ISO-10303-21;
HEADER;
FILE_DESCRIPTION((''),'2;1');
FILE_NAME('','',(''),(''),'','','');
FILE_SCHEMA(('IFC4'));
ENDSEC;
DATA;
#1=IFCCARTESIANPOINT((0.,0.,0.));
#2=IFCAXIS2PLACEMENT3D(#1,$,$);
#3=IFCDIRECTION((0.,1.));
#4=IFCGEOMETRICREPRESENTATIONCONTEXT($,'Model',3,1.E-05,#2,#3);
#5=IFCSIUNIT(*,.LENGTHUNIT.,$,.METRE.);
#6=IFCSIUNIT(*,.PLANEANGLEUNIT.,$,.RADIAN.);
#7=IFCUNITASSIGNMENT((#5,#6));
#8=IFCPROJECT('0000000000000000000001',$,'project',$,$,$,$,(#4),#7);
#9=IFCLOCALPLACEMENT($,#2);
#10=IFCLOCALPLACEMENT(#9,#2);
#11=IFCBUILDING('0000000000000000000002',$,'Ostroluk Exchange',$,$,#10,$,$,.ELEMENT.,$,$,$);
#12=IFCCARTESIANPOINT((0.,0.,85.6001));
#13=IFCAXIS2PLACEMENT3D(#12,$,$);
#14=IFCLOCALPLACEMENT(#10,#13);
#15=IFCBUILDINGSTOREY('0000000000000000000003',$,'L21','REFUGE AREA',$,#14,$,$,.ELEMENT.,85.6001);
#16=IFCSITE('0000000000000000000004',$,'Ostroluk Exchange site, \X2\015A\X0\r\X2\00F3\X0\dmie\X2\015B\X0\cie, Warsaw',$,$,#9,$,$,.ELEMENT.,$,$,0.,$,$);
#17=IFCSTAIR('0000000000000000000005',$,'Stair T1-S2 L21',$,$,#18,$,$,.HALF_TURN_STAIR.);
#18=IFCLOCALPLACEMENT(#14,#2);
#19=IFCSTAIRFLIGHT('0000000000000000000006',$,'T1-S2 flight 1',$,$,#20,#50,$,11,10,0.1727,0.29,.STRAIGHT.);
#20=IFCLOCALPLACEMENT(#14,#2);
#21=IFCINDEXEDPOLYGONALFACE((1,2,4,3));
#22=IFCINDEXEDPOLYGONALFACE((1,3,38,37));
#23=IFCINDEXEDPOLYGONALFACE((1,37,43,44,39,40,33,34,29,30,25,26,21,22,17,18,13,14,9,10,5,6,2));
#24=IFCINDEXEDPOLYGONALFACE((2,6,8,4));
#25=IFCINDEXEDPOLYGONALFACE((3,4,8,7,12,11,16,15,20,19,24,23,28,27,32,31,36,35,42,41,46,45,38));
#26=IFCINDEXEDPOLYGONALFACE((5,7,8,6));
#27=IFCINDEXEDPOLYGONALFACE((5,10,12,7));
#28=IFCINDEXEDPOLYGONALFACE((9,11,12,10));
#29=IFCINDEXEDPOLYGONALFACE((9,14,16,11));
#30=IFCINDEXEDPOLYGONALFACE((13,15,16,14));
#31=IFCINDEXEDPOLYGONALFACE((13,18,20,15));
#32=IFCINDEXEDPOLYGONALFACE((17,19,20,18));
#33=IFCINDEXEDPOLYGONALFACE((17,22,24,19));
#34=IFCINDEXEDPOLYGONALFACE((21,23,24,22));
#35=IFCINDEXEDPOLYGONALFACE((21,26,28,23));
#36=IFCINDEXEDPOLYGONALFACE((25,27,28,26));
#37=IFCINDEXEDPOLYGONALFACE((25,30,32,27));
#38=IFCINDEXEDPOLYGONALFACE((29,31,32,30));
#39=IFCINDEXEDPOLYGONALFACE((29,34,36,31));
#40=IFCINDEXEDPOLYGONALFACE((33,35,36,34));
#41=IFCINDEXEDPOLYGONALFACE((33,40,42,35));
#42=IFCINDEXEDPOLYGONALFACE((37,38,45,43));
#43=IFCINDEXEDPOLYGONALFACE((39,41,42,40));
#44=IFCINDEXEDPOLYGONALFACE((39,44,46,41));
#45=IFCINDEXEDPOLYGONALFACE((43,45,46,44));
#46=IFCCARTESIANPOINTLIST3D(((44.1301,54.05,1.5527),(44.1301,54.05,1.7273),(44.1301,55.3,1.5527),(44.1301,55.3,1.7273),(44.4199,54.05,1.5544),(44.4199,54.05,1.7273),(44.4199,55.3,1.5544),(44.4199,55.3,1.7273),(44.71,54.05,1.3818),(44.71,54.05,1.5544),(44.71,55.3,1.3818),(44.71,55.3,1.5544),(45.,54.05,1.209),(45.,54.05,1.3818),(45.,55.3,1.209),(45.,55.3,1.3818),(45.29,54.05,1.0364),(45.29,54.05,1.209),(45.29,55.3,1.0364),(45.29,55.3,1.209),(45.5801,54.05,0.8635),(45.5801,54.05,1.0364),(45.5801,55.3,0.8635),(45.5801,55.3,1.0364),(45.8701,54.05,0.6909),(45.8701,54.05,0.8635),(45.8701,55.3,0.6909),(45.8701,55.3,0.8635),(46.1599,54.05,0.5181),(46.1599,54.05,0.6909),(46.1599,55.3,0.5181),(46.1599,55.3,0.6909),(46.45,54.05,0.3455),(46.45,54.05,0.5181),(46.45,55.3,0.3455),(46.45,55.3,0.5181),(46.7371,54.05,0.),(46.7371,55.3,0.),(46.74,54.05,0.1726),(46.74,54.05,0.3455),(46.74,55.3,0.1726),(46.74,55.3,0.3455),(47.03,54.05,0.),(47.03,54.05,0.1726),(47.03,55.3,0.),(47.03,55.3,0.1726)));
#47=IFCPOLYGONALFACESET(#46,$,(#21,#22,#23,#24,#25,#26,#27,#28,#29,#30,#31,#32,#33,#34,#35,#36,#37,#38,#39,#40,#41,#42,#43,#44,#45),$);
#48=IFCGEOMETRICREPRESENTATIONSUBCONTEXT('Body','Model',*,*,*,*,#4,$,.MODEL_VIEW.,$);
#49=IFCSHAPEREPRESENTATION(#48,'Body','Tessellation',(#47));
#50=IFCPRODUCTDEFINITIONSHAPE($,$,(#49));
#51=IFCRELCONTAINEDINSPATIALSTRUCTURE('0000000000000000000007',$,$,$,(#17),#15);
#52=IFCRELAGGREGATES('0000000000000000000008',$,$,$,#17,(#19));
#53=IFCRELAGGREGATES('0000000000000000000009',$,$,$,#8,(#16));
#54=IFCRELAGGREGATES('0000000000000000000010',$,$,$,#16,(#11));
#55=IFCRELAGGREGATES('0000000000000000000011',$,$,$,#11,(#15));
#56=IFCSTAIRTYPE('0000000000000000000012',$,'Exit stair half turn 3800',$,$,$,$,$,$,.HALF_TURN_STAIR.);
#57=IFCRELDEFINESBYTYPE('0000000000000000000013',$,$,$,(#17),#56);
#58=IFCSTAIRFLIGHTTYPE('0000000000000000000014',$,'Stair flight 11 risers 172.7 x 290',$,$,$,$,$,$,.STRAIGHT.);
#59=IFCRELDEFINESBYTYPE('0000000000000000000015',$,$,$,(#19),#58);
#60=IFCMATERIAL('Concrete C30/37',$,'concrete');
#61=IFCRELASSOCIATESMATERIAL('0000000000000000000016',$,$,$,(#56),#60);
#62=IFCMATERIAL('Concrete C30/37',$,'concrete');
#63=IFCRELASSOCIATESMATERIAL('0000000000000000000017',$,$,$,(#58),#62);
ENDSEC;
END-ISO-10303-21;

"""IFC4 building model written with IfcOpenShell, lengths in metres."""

from ifc_helpers import new_model, si_unit, direction, frame, origin, place, context, subcontext, project, spatial, polyline, outline, extrude, material, type_object, element, aggregate, save


model = new_model("IFC4")

# Units and contexts
model_context = context("Model", 3, precision=1e-05, world=origin(), true_north=direction((0.0, 1.0)))
body_context = subcontext(model_context, "Body", "Model", "MODEL_VIEW")
ifc_project = project(units=[si_unit("LENGTHUNIT", "METRE"), si_unit("PLANEANGLEUNIT", "RADIAN")], contexts=[model_context])

# Site, building, storey
site_placement = place(None, origin())
site = spatial("IfcSite", under=ifc_project, at=site_placement, Name="Ostroluk Exchange site, Śródmieście, Warsaw", CompositionType="ELEMENT", RefElevation=0.0)
building_placement = place(site_placement, origin())
building = spatial("IfcBuilding", under=site, at=building_placement, Name="Ostroluk Exchange", CompositionType="ELEMENT")
storey_placement = place(building_placement, frame((0.0, 0.0, 85.6001)))
storey = spatial("IfcBuildingStorey", under=building, at=storey_placement, Name="L21", Description="REFUGE AREA", CompositionType="ELEMENT", Elevation=85.6001)

# Stair, stair flight
ifc_material_1 = material(Name="Concrete C30/37", Category="concrete")
stair_type = type_object("IfcStairType", Name="Exit stair half turn 3800", PredefinedType="HALF_TURN_STAIR", material=ifc_material_1)
stair_placement = place(storey_placement, origin())
stair = element("IfcStair", 1, at=stair_placement, inside=storey, type_object=stair_type, Name="Stair T1-S2 L21", PredefinedType="HALF_TURN_STAIR")
ifc_material_2 = material(Name="Concrete C30/37", Category="concrete")
stair_flight_type = type_object("IfcStairFlightType", Name="Stair flight 11 risers 172.7 x 290", PredefinedType="STRAIGHT", material=ifc_material_2)
stair_flight_placement = place(storey_placement, frame((47.03, 54.675, 0.0), z_axis=(0.0, 0.0, 1.0), x_axis=(-1.0, 0.0, 0.0)))
stair_flight = element("IfcStairFlight", 2, at=stair_flight_placement, type_object=stair_flight_type, Name="T1-S2 flight 1", NumberOfRisers=11, NumberOfTreads=10, PredefinedType="STRAIGHT", RiserHeight=0.1727, TreadLength=0.29, context=body_context, shape_type="SweptSolid", body=[
    extrude(outline(polyline([(0.0, 0.0), (0.0, 0.1726), (0.29, 0.1726), (0.29, 0.3455), (0.5801, 0.3455), (0.5801, 0.5181), (0.8701, 0.5181), (0.8701, 0.6909), (1.1599, 0.6909), (1.1599, 0.8635), (1.45, 0.8635), (1.45, 1.0364), (1.74, 1.0364), (1.74, 1.209), (2.03, 1.209), (2.03, 1.3818), (2.3201, 1.3818), (2.3201, 1.5544), (2.6101, 1.5544), (2.6101, 1.7273), (2.8999, 1.7273), (2.8999, 1.8999), (2.8999, 1.5527), (0.293, 0.0), (0.0, 0.0)])), frame((0.0, 0.625, 0.0), z_axis=(0.0, -1.0, 0.0), x_axis=(1.0, 0.0, 0.0)), (0.0, 0.0, 1.0), 1.25),
])
aggregate(stair, [stair_flight])

save(model, "model.ifc")
